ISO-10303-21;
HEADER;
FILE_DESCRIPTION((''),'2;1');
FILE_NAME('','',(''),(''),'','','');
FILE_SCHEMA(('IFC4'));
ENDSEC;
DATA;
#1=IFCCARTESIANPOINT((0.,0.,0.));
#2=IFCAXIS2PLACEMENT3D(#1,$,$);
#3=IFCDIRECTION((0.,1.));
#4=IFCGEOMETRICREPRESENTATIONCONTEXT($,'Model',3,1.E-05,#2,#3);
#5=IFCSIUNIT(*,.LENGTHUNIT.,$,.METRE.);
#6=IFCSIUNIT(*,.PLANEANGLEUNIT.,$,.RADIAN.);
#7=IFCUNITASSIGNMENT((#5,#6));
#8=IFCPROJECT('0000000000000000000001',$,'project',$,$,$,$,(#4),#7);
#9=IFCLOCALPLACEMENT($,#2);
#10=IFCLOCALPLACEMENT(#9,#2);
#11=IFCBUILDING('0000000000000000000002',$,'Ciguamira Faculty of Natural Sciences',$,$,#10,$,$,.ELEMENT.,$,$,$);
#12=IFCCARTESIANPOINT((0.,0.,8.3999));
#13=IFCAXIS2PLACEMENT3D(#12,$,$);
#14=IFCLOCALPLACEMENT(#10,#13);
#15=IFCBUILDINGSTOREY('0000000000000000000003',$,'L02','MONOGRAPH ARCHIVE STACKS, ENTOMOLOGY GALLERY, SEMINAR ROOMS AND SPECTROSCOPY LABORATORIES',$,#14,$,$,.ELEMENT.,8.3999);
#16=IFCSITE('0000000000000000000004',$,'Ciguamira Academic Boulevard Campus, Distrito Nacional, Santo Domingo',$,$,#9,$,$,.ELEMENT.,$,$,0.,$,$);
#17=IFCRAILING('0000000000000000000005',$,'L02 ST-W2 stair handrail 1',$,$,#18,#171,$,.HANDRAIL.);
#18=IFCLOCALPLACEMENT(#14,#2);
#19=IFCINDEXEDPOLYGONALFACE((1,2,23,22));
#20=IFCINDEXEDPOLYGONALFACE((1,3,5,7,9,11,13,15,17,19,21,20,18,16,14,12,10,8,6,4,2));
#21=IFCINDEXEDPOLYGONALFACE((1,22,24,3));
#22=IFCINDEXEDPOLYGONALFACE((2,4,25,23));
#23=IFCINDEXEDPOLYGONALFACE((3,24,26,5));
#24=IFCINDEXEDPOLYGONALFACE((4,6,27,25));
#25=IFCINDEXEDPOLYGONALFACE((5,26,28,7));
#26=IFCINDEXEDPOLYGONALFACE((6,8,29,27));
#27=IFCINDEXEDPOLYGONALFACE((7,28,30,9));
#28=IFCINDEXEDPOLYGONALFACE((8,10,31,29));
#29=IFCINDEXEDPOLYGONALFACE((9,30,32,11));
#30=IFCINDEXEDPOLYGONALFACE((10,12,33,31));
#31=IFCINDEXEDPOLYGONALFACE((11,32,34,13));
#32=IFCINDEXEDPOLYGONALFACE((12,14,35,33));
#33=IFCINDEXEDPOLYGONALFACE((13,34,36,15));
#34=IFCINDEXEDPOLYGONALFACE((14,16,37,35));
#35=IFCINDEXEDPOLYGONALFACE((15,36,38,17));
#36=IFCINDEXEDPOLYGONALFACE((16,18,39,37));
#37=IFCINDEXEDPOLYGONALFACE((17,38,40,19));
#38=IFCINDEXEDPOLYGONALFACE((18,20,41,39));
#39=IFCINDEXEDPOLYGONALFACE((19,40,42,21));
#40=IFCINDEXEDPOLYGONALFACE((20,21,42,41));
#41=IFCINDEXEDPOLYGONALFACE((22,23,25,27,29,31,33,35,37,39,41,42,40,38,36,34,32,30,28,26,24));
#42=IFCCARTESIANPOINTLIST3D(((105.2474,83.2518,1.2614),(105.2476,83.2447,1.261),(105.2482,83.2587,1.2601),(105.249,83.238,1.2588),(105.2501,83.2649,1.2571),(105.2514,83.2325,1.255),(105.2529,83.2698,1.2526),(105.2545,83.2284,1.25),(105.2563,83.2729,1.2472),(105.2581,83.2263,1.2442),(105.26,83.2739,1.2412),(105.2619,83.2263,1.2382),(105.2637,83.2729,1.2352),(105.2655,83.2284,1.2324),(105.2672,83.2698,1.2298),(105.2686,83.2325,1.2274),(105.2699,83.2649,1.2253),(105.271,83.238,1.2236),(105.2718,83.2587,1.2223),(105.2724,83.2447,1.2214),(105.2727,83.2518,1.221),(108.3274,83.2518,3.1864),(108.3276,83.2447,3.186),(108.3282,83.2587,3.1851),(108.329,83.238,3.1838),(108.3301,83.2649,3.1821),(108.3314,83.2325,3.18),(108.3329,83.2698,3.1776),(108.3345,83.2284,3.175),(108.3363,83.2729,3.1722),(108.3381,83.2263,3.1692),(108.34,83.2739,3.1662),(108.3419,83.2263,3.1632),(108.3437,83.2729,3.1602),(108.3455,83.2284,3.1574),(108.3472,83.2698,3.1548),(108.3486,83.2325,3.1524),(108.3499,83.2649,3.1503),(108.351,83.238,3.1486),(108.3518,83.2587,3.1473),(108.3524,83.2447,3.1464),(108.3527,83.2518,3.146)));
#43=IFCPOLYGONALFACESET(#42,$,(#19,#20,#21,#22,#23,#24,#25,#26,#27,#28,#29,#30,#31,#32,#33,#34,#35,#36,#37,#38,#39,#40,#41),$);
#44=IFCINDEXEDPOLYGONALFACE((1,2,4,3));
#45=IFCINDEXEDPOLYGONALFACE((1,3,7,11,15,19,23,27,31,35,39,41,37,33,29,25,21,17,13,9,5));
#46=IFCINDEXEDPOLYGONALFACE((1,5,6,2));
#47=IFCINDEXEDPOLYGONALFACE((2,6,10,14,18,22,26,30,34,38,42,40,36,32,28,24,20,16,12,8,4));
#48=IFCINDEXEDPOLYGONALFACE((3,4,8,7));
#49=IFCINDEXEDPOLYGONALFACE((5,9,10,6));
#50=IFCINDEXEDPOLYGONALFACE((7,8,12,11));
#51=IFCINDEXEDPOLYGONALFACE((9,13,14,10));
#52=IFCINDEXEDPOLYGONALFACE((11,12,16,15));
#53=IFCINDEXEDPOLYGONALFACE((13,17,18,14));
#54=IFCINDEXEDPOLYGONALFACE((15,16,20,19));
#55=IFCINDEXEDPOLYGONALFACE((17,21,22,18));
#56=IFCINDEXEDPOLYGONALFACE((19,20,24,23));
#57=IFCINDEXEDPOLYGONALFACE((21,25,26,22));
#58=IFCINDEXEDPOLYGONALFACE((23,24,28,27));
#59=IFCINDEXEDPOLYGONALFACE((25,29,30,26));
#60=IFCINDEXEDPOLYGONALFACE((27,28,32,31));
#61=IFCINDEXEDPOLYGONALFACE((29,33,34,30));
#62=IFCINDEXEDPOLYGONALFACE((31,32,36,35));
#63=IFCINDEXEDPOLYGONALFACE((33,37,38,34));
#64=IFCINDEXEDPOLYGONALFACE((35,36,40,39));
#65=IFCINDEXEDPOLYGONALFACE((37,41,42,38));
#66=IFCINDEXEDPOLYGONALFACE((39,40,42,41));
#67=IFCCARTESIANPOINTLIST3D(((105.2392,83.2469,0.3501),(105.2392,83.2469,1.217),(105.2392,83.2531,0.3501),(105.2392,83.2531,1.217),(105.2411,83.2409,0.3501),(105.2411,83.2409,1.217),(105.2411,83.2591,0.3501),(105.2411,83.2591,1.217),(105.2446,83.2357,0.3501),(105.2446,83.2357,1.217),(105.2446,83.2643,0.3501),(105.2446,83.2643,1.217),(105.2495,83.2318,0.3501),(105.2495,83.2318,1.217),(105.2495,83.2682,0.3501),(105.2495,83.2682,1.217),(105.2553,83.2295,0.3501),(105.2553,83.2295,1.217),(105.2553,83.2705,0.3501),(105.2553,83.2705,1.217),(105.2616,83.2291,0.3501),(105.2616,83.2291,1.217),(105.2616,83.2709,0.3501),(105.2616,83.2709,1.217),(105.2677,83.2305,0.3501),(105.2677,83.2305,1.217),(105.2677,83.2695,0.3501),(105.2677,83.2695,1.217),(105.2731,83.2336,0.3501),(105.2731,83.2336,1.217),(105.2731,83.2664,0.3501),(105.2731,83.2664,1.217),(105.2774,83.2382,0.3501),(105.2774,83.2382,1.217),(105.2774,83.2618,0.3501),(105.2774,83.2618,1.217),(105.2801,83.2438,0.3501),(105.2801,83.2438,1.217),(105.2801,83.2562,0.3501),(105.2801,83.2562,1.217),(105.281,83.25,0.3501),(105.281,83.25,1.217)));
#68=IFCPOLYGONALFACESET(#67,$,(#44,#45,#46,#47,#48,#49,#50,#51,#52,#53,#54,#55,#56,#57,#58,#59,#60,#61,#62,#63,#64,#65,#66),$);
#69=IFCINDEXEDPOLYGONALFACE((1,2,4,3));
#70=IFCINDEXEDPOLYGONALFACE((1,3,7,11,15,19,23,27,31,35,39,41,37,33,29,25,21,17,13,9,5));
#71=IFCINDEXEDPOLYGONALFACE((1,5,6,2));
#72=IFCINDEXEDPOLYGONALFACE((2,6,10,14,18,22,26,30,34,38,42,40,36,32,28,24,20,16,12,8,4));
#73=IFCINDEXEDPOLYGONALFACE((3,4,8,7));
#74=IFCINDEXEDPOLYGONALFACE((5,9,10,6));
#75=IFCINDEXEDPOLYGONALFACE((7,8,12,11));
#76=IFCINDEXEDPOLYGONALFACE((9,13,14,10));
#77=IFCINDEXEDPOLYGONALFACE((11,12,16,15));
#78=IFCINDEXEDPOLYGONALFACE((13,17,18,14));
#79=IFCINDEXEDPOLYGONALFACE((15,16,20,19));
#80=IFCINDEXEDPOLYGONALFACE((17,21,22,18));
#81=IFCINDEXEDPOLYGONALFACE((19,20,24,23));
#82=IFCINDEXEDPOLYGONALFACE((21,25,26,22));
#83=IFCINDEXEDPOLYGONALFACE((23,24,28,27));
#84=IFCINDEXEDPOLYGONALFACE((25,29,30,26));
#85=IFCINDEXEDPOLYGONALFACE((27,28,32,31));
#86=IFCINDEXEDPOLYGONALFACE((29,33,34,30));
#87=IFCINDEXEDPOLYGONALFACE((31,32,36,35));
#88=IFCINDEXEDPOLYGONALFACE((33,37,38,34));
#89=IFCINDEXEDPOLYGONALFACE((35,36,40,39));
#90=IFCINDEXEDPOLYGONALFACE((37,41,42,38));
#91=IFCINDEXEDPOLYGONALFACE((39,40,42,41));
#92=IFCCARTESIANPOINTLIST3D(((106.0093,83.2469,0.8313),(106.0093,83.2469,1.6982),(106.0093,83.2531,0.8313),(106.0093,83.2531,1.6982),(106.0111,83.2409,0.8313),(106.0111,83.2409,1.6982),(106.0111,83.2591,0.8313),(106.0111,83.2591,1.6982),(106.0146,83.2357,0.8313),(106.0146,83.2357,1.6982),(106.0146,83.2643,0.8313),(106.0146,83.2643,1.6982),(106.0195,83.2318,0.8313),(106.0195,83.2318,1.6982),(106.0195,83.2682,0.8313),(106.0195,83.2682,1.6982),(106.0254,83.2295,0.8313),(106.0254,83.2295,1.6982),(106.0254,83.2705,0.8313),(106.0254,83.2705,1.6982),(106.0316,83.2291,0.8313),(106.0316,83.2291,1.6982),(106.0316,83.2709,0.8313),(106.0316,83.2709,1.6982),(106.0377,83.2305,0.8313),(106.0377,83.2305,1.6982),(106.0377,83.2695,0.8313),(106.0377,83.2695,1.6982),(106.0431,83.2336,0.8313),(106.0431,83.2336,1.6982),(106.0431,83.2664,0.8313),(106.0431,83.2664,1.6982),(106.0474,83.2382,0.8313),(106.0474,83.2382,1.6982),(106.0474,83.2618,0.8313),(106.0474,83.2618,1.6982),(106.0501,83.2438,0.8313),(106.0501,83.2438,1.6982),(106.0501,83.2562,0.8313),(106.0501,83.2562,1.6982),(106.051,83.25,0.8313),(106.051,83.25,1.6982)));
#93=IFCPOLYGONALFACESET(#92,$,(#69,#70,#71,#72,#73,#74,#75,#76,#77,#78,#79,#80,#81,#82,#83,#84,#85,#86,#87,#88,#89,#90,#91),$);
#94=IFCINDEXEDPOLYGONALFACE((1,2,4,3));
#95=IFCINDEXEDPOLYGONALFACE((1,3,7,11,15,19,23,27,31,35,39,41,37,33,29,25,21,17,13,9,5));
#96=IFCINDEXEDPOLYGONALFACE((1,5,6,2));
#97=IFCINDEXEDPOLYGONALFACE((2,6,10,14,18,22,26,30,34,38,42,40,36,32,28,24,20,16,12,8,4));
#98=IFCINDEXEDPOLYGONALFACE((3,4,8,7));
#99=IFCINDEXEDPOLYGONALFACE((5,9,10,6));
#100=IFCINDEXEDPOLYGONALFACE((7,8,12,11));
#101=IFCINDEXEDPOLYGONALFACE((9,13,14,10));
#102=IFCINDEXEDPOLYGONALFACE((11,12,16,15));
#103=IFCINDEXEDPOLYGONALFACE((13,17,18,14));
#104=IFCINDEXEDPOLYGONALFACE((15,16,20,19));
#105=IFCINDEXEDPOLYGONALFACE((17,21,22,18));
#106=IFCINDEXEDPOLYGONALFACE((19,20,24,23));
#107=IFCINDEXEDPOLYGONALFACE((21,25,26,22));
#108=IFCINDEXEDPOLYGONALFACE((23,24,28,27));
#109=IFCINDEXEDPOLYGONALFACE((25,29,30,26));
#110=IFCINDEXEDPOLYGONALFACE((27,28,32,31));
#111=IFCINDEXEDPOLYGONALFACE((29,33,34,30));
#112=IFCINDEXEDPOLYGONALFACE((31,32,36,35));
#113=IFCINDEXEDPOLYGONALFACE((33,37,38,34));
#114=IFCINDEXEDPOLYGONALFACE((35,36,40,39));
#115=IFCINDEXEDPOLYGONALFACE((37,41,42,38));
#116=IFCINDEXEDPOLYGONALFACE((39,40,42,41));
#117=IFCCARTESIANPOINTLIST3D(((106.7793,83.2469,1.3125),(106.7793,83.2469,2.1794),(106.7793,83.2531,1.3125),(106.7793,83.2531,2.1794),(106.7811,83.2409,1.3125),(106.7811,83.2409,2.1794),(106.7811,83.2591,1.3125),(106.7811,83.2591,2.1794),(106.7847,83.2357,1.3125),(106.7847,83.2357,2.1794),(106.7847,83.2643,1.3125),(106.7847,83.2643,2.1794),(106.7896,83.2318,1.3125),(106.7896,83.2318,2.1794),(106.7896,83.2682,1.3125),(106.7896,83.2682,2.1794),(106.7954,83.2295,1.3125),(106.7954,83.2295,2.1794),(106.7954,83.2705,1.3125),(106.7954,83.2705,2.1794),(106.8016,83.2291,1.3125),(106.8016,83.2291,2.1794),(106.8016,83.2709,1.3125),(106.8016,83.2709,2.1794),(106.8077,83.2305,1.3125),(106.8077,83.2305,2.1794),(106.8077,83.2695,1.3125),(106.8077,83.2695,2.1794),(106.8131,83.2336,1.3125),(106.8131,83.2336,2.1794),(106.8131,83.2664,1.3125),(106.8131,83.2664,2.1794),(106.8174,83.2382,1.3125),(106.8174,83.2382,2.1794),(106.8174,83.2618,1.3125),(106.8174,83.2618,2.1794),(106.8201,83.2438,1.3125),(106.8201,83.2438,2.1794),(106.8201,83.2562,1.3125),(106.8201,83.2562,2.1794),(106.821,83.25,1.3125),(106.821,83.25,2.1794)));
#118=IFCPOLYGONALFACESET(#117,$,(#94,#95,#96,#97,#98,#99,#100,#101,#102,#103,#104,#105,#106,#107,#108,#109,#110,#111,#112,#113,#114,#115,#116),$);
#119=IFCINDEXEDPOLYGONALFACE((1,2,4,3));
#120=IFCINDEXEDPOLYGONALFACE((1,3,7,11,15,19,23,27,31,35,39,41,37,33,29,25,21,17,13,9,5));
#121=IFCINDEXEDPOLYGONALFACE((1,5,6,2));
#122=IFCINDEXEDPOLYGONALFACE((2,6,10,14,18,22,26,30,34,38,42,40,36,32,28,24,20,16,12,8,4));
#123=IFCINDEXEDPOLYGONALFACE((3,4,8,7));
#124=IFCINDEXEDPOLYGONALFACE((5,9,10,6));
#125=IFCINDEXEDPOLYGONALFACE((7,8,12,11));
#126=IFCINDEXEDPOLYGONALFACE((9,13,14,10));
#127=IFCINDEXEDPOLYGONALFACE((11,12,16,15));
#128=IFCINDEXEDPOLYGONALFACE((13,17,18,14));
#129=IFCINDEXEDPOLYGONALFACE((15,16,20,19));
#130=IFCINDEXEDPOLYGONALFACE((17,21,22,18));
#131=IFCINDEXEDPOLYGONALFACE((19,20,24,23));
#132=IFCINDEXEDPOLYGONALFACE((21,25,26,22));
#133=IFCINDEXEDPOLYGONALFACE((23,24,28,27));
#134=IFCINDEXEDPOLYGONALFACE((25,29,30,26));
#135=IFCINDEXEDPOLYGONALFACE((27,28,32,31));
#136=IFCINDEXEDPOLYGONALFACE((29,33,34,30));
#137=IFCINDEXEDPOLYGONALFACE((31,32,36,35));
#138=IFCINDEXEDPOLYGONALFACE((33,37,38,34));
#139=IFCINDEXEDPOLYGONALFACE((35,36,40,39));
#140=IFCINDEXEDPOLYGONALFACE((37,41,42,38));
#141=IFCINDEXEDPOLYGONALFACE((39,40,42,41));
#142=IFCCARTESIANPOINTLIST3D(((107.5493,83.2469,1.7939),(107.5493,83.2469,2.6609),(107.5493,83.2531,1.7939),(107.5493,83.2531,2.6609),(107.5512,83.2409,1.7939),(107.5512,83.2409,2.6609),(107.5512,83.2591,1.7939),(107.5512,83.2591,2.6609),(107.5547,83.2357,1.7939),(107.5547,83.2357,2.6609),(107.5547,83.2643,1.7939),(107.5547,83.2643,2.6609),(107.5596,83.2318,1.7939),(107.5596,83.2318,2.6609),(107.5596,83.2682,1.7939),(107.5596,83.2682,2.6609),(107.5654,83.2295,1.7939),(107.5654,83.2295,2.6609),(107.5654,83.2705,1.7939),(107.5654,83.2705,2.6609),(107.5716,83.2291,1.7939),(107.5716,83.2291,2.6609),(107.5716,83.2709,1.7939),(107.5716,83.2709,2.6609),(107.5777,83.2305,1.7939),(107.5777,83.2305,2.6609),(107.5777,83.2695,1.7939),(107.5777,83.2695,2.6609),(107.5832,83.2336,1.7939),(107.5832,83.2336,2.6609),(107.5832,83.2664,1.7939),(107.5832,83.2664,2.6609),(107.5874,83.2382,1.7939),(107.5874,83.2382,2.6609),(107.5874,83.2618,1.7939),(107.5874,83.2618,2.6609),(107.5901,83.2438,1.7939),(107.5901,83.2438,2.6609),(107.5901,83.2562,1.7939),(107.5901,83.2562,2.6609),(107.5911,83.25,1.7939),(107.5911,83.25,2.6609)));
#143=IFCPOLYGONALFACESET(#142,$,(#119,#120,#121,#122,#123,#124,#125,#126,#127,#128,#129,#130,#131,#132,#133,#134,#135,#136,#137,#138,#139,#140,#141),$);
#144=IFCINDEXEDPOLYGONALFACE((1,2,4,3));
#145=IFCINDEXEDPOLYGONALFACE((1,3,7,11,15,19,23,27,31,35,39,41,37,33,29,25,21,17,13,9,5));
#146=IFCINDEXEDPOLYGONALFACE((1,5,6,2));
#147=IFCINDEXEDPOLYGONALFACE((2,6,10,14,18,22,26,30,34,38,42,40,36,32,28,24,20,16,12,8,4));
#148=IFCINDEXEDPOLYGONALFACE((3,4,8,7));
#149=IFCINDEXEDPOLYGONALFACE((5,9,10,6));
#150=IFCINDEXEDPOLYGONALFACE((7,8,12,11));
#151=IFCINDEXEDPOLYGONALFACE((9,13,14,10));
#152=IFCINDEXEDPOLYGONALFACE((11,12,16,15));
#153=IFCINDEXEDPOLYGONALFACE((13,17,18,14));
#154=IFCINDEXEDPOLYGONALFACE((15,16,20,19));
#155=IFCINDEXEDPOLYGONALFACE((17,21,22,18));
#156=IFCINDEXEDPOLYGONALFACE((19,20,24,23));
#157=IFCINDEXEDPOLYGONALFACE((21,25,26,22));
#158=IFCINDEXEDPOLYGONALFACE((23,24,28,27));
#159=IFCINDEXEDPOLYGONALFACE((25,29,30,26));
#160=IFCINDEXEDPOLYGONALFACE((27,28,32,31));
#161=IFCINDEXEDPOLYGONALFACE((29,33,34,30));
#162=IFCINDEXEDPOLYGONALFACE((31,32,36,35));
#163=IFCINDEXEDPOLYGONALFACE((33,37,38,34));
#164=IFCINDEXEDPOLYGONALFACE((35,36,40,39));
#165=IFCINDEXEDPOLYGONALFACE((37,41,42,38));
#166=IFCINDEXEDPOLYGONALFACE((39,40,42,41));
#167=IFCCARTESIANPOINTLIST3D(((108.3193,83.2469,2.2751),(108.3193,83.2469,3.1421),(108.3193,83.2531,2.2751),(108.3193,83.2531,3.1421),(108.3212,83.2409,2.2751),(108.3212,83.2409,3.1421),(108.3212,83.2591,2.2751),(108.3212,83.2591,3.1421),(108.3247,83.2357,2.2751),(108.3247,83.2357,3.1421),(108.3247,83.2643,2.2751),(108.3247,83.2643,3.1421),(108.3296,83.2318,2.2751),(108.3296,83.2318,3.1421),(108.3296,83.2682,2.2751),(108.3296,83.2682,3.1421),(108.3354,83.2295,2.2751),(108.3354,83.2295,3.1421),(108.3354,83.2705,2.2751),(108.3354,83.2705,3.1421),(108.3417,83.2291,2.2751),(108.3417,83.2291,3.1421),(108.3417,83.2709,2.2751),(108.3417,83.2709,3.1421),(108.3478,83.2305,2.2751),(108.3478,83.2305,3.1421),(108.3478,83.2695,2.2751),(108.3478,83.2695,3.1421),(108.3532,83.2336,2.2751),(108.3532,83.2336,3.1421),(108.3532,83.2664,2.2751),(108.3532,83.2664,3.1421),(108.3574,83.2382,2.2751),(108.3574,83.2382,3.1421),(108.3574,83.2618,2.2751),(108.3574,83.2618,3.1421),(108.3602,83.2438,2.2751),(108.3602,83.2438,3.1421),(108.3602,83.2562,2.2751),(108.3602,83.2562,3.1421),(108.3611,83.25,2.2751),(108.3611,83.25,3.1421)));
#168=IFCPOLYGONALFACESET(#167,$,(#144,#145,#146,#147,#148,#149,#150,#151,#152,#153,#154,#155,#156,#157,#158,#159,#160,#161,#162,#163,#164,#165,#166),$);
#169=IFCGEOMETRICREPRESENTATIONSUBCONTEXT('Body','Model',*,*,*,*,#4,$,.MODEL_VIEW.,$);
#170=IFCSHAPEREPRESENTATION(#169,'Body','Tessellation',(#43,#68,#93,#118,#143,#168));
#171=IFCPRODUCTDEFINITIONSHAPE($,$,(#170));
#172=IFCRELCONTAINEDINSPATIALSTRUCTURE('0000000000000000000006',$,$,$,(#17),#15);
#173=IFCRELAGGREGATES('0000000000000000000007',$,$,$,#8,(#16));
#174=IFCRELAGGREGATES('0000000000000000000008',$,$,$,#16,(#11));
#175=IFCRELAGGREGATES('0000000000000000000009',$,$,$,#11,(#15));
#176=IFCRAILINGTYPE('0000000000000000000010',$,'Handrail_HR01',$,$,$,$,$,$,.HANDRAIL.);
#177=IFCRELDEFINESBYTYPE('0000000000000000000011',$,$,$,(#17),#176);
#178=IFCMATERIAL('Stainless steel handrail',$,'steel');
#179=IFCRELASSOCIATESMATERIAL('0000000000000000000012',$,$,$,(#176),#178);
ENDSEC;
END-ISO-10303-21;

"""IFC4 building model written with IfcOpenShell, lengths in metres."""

from ifc_helpers import new_model, si_unit, direction, frame, origin, origin_2d, place, context, subcontext, project, spatial, circle, extrude, material, type_object, element, save


model = new_model("IFC4")

# Units and contexts
model_context = context("Model", 3, precision=1e-05, world=origin(), true_north=direction((0.0, 1.0)))
body_context = subcontext(model_context, "Body", "Model", "MODEL_VIEW")
ifc_project = project(units=[si_unit("LENGTHUNIT", "METRE"), si_unit("PLANEANGLEUNIT", "RADIAN")], contexts=[model_context])

# Site, building, storey
site_placement = place(None, origin())
site = spatial("IfcSite", under=ifc_project, at=site_placement, Name="Ciguamira Academic Boulevard Campus, Distrito Nacional, Santo Domingo", CompositionType="ELEMENT", RefElevation=0.0)
building_placement = place(site_placement, origin())
building = spatial("IfcBuilding", under=site, at=building_placement, Name="Ciguamira Faculty of Natural Sciences", CompositionType="ELEMENT")
storey_placement = place(building_placement, frame((0.0, 0.0, 8.3999)))
storey = spatial("IfcBuildingStorey", under=building, at=storey_placement, Name="L02", Description="MONOGRAPH ARCHIVE STACKS, ENTOMOLOGY GALLERY, SEMINAR ROOMS AND SPECTROSCOPY LABORATORIES", CompositionType="ELEMENT", Elevation=8.3999)

# Railing
ifc_material_1 = material(Name="Stainless steel handrail", Category="steel")
railing_type_1 = type_object("IfcRailingType", Name="Handrail_HR01", PredefinedType="HANDRAIL", material=ifc_material_1)
railing_1_placement = place(storey_placement, frame((105.26, 83.25, 0.3501)))
element("IfcRailing", 1, at=railing_1_placement, inside=storey, type_object=railing_type_1, Name="L02 ST-W2 stair handrail 1", PredefinedType="HANDRAIL", context=body_context, shape_type="SweptSolid", body=[
    extrude(circle(Radius=0.0239, at=origin_2d()), frame((0.0, 0.0, 0.8911), z_axis=(0.847998, 0.0, 0.529999), x_axis=(0.0, 1.0, 0.0)), (0.0, 0.0, 1.0), 3.6321),
    extrude(circle(Radius=0.021, at=origin_2d()), origin(), (0.0, 0.0, 1.0), 0.8669),
    extrude(circle(Radius=0.021, at=origin_2d()), frame((0.77, 0.0, 0.4812)), (0.0, 0.0, 1.0), 0.8669),
    extrude(circle(Radius=0.021, at=origin_2d()), frame((1.54, 0.0, 0.9624)), (0.0, 0.0, 1.0), 0.8669),
    extrude(circle(Radius=0.021, at=origin_2d()), frame((2.3101, 0.0, 1.4438)), (0.0, 0.0, 1.0), 0.8669),
    extrude(circle(Radius=0.021, at=origin_2d()), frame((3.0801, 0.0, 1.925)), (0.0, 0.0, 1.0), 0.8669),
])

save(model, "model.ifc")
